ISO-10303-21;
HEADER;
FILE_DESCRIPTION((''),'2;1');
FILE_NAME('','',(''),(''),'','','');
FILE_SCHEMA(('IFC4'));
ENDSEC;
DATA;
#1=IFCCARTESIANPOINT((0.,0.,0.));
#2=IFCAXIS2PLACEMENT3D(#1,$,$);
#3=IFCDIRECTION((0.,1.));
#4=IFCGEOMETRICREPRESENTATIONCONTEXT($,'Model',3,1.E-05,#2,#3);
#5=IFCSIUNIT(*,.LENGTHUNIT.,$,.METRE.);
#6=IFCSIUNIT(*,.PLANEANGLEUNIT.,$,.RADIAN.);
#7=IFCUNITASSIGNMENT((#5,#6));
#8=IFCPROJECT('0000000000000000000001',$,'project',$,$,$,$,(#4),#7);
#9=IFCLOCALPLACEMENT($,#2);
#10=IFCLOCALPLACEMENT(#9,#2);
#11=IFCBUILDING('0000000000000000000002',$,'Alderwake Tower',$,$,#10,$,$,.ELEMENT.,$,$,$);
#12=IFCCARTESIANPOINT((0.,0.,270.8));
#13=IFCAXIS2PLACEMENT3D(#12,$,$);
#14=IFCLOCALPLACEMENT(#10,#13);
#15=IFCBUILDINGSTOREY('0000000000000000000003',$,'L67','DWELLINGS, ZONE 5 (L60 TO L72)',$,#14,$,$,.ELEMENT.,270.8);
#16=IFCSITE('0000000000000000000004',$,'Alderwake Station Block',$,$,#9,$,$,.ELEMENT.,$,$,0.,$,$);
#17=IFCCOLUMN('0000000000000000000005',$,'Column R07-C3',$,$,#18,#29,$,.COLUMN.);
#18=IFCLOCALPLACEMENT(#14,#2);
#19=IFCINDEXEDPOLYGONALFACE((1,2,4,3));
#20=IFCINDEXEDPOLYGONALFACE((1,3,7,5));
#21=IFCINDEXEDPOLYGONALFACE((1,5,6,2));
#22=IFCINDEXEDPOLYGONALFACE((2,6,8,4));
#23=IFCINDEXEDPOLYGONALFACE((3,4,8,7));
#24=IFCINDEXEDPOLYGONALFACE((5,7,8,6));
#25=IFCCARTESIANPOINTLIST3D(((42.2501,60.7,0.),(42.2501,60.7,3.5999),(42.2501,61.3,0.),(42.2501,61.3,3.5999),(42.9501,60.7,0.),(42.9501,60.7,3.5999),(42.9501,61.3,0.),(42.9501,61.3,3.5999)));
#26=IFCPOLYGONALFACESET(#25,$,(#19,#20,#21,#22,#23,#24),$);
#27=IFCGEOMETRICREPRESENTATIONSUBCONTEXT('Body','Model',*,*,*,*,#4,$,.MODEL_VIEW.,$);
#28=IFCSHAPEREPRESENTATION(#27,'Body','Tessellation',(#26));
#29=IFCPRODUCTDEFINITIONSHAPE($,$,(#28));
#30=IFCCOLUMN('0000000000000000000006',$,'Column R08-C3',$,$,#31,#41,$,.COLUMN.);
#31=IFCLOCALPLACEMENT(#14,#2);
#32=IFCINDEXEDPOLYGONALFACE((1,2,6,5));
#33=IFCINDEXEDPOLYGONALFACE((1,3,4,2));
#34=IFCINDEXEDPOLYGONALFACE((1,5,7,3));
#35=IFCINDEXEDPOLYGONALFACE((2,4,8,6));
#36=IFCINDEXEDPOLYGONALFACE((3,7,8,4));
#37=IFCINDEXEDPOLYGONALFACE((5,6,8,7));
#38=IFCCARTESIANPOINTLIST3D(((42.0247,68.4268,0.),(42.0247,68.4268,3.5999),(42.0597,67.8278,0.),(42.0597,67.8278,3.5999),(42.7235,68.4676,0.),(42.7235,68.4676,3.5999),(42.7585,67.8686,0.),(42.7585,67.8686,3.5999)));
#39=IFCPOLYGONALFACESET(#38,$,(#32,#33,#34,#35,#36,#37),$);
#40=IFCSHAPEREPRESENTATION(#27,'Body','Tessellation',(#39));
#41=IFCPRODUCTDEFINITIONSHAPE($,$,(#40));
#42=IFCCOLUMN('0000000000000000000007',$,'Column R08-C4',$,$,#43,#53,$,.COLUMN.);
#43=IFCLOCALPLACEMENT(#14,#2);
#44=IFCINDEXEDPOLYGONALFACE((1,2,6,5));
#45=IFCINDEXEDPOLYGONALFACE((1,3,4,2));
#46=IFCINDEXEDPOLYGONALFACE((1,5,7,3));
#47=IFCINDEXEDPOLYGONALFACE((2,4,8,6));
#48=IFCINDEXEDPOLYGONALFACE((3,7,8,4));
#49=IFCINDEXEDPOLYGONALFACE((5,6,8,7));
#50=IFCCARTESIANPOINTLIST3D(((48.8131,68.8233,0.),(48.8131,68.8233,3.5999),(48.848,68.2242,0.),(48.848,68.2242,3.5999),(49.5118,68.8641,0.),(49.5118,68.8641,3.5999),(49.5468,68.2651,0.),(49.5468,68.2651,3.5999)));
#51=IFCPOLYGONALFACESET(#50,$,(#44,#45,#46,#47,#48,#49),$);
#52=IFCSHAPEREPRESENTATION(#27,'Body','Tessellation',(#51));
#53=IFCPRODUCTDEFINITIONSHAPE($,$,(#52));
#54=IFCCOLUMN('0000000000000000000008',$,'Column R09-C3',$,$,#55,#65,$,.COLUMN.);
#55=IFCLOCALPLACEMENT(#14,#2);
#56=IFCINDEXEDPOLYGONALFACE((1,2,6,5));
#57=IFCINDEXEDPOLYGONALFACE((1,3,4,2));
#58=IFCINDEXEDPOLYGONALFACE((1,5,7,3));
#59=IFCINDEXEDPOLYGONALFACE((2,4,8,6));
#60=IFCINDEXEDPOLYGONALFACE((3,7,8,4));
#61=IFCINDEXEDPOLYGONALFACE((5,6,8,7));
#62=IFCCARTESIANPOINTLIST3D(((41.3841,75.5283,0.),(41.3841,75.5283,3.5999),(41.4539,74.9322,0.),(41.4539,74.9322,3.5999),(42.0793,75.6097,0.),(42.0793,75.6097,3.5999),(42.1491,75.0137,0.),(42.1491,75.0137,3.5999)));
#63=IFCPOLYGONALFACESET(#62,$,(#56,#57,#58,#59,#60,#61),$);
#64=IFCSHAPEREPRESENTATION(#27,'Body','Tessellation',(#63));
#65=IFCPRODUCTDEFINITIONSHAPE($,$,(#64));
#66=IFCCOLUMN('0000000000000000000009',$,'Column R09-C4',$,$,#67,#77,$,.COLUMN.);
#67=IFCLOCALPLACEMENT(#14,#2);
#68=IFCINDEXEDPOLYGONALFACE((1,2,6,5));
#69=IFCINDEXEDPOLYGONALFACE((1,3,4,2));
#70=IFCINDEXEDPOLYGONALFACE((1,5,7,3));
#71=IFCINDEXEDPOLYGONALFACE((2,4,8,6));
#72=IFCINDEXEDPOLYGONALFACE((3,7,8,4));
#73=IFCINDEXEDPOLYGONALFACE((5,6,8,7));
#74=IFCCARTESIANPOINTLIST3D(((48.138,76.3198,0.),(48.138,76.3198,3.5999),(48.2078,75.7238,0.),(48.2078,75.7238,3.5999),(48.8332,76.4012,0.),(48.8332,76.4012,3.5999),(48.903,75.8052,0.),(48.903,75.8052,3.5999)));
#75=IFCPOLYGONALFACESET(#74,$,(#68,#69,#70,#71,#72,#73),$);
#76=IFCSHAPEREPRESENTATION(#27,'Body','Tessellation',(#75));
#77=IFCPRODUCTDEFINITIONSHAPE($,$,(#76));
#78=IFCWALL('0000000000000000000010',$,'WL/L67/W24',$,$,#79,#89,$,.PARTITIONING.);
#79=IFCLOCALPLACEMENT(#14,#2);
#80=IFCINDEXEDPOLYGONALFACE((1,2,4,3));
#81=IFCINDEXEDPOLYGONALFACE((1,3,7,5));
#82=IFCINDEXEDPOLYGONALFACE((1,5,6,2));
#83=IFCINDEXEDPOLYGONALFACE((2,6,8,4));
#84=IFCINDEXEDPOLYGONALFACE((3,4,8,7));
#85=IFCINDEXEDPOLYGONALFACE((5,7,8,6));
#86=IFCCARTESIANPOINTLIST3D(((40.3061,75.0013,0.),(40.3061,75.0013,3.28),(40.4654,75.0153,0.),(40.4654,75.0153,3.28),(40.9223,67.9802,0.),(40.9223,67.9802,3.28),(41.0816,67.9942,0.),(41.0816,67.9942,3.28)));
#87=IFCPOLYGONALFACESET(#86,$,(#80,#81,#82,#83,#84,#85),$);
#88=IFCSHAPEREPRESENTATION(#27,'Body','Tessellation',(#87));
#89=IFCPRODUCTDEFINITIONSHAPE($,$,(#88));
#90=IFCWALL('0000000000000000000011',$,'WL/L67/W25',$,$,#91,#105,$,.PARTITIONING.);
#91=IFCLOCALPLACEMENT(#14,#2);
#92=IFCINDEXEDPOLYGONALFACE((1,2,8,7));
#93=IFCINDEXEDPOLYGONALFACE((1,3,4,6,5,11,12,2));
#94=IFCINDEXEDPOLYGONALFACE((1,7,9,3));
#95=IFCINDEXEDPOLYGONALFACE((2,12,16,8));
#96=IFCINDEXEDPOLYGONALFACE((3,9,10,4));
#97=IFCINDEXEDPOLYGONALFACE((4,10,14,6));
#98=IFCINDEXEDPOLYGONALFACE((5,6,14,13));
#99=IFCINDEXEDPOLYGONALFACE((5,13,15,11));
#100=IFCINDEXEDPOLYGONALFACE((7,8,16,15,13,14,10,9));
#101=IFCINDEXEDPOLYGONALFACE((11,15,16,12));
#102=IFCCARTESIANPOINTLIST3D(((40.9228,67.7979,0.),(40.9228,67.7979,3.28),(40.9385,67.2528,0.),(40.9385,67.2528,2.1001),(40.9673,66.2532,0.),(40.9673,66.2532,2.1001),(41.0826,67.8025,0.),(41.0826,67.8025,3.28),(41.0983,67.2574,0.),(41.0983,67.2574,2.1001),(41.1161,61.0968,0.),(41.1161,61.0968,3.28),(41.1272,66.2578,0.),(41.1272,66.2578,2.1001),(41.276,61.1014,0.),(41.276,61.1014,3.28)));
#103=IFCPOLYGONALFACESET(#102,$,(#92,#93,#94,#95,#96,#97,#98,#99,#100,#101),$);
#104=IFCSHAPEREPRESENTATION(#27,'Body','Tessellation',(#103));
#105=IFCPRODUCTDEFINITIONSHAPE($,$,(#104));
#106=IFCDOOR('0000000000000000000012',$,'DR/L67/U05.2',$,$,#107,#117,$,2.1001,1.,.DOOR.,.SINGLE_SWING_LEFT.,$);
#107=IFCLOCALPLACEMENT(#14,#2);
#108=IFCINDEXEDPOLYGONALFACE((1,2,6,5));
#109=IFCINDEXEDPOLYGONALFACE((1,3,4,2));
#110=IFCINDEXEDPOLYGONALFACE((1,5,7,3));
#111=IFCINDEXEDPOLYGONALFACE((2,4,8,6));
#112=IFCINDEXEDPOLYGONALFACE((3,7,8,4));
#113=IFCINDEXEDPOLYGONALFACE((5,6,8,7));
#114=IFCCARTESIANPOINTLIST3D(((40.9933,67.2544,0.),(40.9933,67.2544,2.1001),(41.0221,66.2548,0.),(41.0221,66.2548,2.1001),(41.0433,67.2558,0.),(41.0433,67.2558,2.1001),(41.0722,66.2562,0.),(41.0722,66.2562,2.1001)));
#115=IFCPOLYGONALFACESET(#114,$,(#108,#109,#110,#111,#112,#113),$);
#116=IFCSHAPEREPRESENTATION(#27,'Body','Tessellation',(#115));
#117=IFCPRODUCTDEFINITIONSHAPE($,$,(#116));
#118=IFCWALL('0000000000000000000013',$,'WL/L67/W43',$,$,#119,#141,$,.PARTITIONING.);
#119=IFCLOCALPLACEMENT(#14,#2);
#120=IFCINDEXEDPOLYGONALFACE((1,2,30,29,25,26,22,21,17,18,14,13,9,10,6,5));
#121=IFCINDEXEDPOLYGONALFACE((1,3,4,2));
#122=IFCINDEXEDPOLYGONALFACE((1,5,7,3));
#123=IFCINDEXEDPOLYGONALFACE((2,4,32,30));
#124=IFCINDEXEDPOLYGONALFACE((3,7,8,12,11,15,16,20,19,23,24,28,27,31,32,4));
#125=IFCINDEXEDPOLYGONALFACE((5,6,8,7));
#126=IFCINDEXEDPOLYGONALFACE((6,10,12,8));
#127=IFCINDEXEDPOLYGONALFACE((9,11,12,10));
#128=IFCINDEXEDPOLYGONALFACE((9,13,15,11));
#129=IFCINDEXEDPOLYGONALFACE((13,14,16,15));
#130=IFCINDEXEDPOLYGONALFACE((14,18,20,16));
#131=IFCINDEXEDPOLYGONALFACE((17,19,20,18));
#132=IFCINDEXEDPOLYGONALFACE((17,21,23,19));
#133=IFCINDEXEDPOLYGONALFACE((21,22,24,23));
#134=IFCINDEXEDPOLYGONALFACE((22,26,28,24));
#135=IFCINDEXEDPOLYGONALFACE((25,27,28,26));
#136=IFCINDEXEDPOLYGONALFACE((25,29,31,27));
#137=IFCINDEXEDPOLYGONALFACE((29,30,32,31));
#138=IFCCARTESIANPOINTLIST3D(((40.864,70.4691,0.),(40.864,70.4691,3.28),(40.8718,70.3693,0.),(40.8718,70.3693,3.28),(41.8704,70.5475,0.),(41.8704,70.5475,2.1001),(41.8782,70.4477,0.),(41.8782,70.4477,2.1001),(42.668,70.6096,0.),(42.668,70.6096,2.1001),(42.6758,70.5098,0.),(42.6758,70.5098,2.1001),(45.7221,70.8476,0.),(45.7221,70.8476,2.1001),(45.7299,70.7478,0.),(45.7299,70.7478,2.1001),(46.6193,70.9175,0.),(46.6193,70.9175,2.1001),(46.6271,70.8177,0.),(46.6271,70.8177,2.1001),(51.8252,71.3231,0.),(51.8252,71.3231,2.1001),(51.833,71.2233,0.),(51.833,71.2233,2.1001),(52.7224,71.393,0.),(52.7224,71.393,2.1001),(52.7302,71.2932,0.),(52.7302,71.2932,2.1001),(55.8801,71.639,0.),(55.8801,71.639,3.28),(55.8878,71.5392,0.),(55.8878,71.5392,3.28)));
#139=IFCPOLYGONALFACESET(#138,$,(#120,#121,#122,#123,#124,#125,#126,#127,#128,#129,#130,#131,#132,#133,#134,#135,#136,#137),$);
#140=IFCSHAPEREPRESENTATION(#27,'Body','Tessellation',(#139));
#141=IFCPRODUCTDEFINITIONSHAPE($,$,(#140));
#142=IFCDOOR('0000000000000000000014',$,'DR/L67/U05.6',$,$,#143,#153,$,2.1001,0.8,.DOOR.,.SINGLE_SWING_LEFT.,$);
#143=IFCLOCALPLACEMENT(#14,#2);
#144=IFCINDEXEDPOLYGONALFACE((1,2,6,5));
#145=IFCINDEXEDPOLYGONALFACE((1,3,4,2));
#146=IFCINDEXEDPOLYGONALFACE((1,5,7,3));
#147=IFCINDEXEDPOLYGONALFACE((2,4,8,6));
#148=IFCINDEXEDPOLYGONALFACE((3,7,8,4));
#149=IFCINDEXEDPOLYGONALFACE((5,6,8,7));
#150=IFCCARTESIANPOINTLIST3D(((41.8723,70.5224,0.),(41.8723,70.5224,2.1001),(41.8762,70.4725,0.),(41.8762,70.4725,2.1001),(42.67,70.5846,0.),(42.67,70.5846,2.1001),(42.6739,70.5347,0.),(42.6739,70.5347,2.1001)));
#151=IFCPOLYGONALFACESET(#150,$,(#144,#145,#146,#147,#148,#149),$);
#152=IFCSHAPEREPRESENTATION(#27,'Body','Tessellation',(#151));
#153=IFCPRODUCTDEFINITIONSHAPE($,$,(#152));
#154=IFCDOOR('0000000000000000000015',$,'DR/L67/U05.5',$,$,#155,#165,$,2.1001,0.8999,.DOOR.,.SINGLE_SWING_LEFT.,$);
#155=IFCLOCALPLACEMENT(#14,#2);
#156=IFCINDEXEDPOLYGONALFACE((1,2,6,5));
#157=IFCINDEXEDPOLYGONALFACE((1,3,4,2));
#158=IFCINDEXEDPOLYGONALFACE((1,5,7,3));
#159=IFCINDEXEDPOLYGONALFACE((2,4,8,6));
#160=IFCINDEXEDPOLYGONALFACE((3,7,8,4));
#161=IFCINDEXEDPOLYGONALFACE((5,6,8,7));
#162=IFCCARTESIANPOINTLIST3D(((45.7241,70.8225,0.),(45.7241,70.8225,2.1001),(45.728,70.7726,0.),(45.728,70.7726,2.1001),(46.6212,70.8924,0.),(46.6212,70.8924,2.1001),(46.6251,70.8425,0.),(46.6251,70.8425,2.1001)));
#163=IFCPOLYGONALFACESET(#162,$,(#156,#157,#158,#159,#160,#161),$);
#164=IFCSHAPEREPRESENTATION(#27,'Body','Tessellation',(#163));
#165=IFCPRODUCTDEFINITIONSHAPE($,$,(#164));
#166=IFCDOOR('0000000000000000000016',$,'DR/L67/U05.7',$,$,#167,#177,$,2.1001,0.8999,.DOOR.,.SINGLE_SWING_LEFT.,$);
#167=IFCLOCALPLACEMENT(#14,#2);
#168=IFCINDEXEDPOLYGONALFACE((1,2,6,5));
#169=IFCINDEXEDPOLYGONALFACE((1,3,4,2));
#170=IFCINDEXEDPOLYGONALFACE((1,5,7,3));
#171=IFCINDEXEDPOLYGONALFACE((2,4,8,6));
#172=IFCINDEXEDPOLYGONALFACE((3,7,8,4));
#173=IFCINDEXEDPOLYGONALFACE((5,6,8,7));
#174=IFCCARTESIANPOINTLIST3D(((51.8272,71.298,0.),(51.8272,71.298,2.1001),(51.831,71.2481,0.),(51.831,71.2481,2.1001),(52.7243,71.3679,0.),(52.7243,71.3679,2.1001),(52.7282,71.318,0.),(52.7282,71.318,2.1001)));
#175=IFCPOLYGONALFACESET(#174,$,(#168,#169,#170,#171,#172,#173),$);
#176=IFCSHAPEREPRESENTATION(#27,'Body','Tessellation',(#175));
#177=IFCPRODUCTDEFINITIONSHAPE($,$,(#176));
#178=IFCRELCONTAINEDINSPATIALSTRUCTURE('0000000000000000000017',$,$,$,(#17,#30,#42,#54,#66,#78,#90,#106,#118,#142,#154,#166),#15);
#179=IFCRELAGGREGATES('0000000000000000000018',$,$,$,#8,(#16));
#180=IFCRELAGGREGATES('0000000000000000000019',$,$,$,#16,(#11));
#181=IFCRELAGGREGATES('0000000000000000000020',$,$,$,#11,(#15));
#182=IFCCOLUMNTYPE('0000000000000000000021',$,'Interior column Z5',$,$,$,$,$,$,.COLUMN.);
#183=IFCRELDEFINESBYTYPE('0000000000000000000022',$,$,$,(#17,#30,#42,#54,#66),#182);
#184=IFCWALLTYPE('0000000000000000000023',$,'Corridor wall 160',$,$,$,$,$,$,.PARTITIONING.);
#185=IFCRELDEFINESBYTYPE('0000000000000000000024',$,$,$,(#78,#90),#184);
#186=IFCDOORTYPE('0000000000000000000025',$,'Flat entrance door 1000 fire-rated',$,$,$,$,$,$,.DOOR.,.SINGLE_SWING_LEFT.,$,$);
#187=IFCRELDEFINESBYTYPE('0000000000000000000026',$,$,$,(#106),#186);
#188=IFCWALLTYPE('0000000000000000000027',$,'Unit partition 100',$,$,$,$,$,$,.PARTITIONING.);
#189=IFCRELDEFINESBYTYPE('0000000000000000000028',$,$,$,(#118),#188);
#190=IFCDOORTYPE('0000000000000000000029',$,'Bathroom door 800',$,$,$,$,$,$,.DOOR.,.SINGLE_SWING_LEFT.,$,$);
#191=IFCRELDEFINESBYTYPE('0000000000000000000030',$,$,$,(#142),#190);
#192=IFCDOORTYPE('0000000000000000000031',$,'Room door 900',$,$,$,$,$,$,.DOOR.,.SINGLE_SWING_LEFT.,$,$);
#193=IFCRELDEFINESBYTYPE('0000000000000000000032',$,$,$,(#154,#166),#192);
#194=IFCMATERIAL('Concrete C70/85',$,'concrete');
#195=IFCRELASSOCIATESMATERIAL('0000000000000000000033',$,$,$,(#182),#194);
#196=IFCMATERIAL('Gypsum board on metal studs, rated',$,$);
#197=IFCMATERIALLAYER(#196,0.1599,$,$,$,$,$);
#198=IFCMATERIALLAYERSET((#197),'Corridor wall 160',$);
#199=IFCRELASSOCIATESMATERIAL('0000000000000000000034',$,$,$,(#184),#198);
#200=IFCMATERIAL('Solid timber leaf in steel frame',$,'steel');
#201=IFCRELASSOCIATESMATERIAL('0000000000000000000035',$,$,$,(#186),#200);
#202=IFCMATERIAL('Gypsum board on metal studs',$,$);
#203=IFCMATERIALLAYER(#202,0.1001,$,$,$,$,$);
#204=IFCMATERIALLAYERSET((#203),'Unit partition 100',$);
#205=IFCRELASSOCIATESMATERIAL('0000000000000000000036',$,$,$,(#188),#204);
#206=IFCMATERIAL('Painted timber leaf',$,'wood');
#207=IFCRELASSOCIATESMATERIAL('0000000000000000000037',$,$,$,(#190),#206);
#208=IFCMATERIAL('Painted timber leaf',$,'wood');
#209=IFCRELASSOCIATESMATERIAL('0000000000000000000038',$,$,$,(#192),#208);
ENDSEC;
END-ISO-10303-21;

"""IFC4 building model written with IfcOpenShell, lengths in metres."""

from ifc_helpers import new_model, si_unit, direction, frame, frame_2d, origin, origin_2d, place, context, subcontext, project, spatial, rectangle, extrude, material, layer, layer_set, material_profile, profile_set, type_object, element, fill, save


model = new_model("IFC4")

# Units and contexts
model_context = context("Model", 3, precision=1e-05, world=origin(), true_north=direction((0.0, 1.0)))
body_context = subcontext(model_context, "Body", "Model", "MODEL_VIEW")
ifc_project = project(units=[si_unit("LENGTHUNIT", "METRE"), si_unit("PLANEANGLEUNIT", "RADIAN")], contexts=[model_context])

# Site, building, storey
site_placement = place(None, origin())
site = spatial("IfcSite", under=ifc_project, at=site_placement, Name="Alderwake Station Block", CompositionType="ELEMENT", RefElevation=0.0)
building_placement = place(site_placement, origin())
building = spatial("IfcBuilding", under=site, at=building_placement, Name="Alderwake Tower", CompositionType="ELEMENT")
storey_placement = place(building_placement, frame((0.0, 0.0, 270.8)))
storey = spatial("IfcBuildingStorey", under=building, at=storey_placement, Name="L67", Description="DWELLINGS, ZONE 5 (L60 TO L72)", CompositionType="ELEMENT", Elevation=270.8)

# Columns
ifc_material_1 = material(Name="Concrete C70/85", Category="concrete")
ifc_material_profile = material_profile(ifc_material_1, rectangle(XDim=0.6001, YDim=0.7, at=origin_2d()), Name="RC 700X600")
ifc_profile_set = profile_set([ifc_material_profile], Name="Concrete C70/85")
column_type = type_object("IfcColumnType", Name="Interior column Z5", PredefinedType="COLUMN", material=ifc_profile_set)
for number, where, z_axis, x_axis, name in (
    (1, (42.6001, 61.0, 0.0), (0.0, 0.0, 1.0), (0.0, 1.0, 0.0), "Column R07-C3"),
    (2, (42.3916, 68.1477, 0.0), (0.0, 0.0, 1.0), (-0.058299, 0.998299, 0.0), "Column R08-C3"),
    (3, (49.1799, 68.5442, 0.0), (0.0, 0.0, 1.0), (-0.058301, 0.998299, 0.0), "Column R08-C4"),
    (4, (41.7666, 75.271, 0.0), (0.0, 0.0, 1.0), (-0.116402, 0.993202, 0.0), "Column R09-C3"),
    (5, (48.5205, 76.0625, 0.0), (0.0, 0.0, 1.0), (-0.116402, 0.993202, 0.0), "Column R09-C4"),
):
    element("IfcColumn", number, at=place(storey_placement, frame(where, z_axis=z_axis, x_axis=x_axis)), inside=storey, type_object=column_type, Name=name, PredefinedType="COLUMN", context=body_context, shape_type="SweptSolid", body=[
        extrude(rectangle(XDim=0.6001, YDim=0.7, at=origin_2d()), origin(), (0.0, 0.0, 1.0), 3.5999),
    ])

# Wall
ifc_material_2 = material(Name="Gypsum board on metal studs, rated")
ifc_layer_1 = layer(ifc_material_2, 0.1599)
ifc_layer_set_1 = layer_set([ifc_layer_1], Name="Corridor wall 160")
wall_type_1 = type_object("IfcWallType", Name="Corridor wall 160", PredefinedType="PARTITIONING", material=ifc_layer_set_1)
wall_1_placement = place(storey_placement, frame((41.002, 67.9873, 0.0), z_axis=(0.0, 0.0, 1.0), x_axis=(-0.087431, 0.996171, 0.0)))
element("IfcWall", 6, at=wall_1_placement, inside=storey, type_object=wall_type_1, Name="WL/L67/W24", PredefinedType="PARTITIONING", context=body_context, shape_type="SweptSolid", body=[
    extrude(rectangle(XDim=7.0481, YDim=0.1599, at=frame_2d((3.5239, 0.0))), origin(), (0.0, 0.0, 1.0), 3.28),
])

# Wall, opening, door
wall_2_placement = place(storey_placement, frame((41.0027, 67.8003, 0.0), z_axis=(0.0, 0.0, 1.0), x_axis=(0.028843, -0.999584, 0.0)))
wall_2 = element("IfcWall", 7, at=wall_2_placement, inside=storey, type_object=wall_type_1, Name="WL/L67/W25", PredefinedType="PARTITIONING", context=body_context, shape_type="SweptSolid", body=[
    extrude(rectangle(XDim=6.7039, YDim=0.1599, at=frame_2d((3.3521, 0.0))), origin(), (0.0, 0.0, 1.0), 3.28),
])
opening_1_placement = place(wall_2_placement, frame((0.5454, 0.0, 0.0)))
opening_1 = element("IfcOpeningElement", 8, at=opening_1_placement, cuts=wall_2, PredefinedType="OPENING", context=body_context, shape_type="SweptSolid", body=[
    extrude(rectangle(XDim=1.0, YDim=2.1001, at=frame_2d((0.5, 1.05))), frame((0.0, 0.0898, 0.0), z_axis=(0.0, -1.0, 0.0), x_axis=(1.0, 0.0, 0.0)), (0.0, 0.0, 1.0), 0.1799),
])
ifc_material_3 = material(Name="Solid timber leaf in steel frame", Category="steel")
door_type_1 = type_object("IfcDoorType", Name="Flat entrance door 1000 fire-rated", OperationType="SINGLE_SWING_LEFT", PredefinedType="DOOR", material=ifc_material_3)
door_1_placement = place(opening_1_placement, origin())
door_1 = element("IfcDoor", 9, at=door_1_placement, inside=storey, type_object=door_type_1, Name="DR/L67/U05.2", OperationType="SINGLE_SWING_LEFT", OverallHeight=2.1001, OverallWidth=1.0, PredefinedType="DOOR", context=body_context, shape_type="SweptSolid", body=[
    extrude(rectangle(XDim=1.0, YDim=2.1001, at=frame_2d((0.5, 1.05))), frame((0.0, 0.0249, 0.0), z_axis=(0.0, -1.0, 0.0), x_axis=(1.0, 0.0, 0.0)), (0.0, 0.0, 1.0), 0.05),
])
fill(opening_1, door_1)

# Wall, openings, doors
ifc_material_4 = material(Name="Gypsum board on metal studs")
ifc_layer_2 = layer(ifc_material_4, 0.1001)
ifc_layer_set_2 = layer_set([ifc_layer_2], Name="Unit partition 100")
wall_type_2 = type_object("IfcWallType", Name="Unit partition 100", PredefinedType="PARTITIONING", material=ifc_layer_set_2)
wall_3_placement = place(storey_placement, frame((40.8679, 70.4192, 0.0), z_axis=(0.0, 0.0, 1.0), x_axis=(0.996979, 0.077676, 0.0)))
wall_3 = element("IfcWall", 10, at=wall_3_placement, inside=storey, type_object=wall_type_2, Name="WL/L67/W43", PredefinedType="PARTITIONING", context=body_context, shape_type="SweptSolid", body=[
    extrude(rectangle(XDim=15.0615, YDim=0.1001, at=frame_2d((7.5308, 0.0))), origin(), (0.0, 0.0, 1.0), 3.28),
])
opening_2_placement = place(wall_3_placement, frame((4.8728, 0.0, 0.0)))
opening_2 = element("IfcOpeningElement", 11, at=opening_2_placement, cuts=wall_3, PredefinedType="OPENING", context=body_context, shape_type="SweptSolid", body=[
    extrude(rectangle(XDim=0.8999, YDim=2.1001, at=frame_2d((0.45, 1.05))), frame((0.0, 0.0601, 0.0), z_axis=(0.0, -1.0, 0.0), x_axis=(1.0, 0.0, 0.0)), (0.0, 0.0, 1.0), 0.1201),
])
opening_3_placement = place(wall_3_placement, frame((1.0095, 0.0, 0.0)))
opening_3 = element("IfcOpeningElement", 12, at=opening_3_placement, cuts=wall_3, PredefinedType="OPENING", context=body_context, shape_type="SweptSolid", body=[
    extrude(rectangle(XDim=0.8, YDim=2.1001, at=frame_2d((0.3999, 1.05))), frame((0.0, 0.0601, 0.0), z_axis=(0.0, -1.0, 0.0), x_axis=(1.0, 0.0, 0.0)), (0.0, 0.0, 1.0), 0.1201),
])
opening_4_placement = place(wall_3_placement, frame((10.9944, 0.0, 0.0)))
opening_4 = element("IfcOpeningElement", 13, at=opening_4_placement, cuts=wall_3, PredefinedType="OPENING", context=body_context, shape_type="SweptSolid", body=[
    extrude(rectangle(XDim=0.8999, YDim=2.1001, at=frame_2d((0.45, 1.05))), frame((0.0, 0.0601, 0.0), z_axis=(0.0, -1.0, 0.0), x_axis=(1.0, 0.0, 0.0)), (0.0, 0.0, 1.0), 0.1201),
])
ifc_material_5 = material(Name="Painted timber leaf", Category="wood")
door_type_2 = type_object("IfcDoorType", Name="Bathroom door 800", OperationType="SINGLE_SWING_LEFT", PredefinedType="DOOR", material=ifc_material_5)
door_2_placement = place(opening_3_placement, origin())
door_2 = element("IfcDoor", 14, at=door_2_placement, inside=storey, type_object=door_type_2, Name="DR/L67/U05.6", OperationType="SINGLE_SWING_LEFT", OverallHeight=2.1001, OverallWidth=0.8, PredefinedType="DOOR", context=body_context, shape_type="SweptSolid", body=[
    extrude(rectangle(XDim=0.8, YDim=2.1001, at=frame_2d((0.3999, 1.05))), frame((0.0, 0.0249, 0.0), z_axis=(0.0, -1.0, 0.0), x_axis=(1.0, 0.0, 0.0)), (0.0, 0.0, 1.0), 0.05),
])
fill(opening_3, door_2)
ifc_material_6 = material(Name="Painted timber leaf", Category="wood")
door_type_3 = type_object("IfcDoorType", Name="Room door 900", OperationType="SINGLE_SWING_LEFT", PredefinedType="DOOR", material=ifc_material_6)
door_3_placement = place(opening_2_placement, origin())
door_3 = element("IfcDoor", 15, at=door_3_placement, inside=storey, type_object=door_type_3, Name="DR/L67/U05.5", OperationType="SINGLE_SWING_LEFT", OverallHeight=2.1001, OverallWidth=0.8999, PredefinedType="DOOR", context=body_context, shape_type="SweptSolid", body=[
    extrude(rectangle(XDim=0.8999, YDim=2.1001, at=frame_2d((0.45, 1.05))), frame((0.0, 0.0249, 0.0), z_axis=(0.0, -1.0, 0.0), x_axis=(1.0, 0.0, 0.0)), (0.0, 0.0, 1.0), 0.05),
])
fill(opening_2, door_3)
door_4_placement = place(opening_4_placement, origin())
door_4 = element("IfcDoor", 16, at=door_4_placement, inside=storey, type_object=door_type_3, Name="DR/L67/U05.7", OperationType="SINGLE_SWING_LEFT", OverallHeight=2.1001, OverallWidth=0.8999, PredefinedType="DOOR", context=body_context, shape_type="SweptSolid", body=[
    extrude(rectangle(XDim=0.8999, YDim=2.1001, at=frame_2d((0.45, 1.05))), frame((0.0, 0.0249, 0.0), z_axis=(0.0, -1.0, 0.0), x_axis=(1.0, 0.0, 0.0)), (0.0, 0.0, 1.0), 0.05),
])
fill(opening_4, door_4)

save(model, "model.ifc")
